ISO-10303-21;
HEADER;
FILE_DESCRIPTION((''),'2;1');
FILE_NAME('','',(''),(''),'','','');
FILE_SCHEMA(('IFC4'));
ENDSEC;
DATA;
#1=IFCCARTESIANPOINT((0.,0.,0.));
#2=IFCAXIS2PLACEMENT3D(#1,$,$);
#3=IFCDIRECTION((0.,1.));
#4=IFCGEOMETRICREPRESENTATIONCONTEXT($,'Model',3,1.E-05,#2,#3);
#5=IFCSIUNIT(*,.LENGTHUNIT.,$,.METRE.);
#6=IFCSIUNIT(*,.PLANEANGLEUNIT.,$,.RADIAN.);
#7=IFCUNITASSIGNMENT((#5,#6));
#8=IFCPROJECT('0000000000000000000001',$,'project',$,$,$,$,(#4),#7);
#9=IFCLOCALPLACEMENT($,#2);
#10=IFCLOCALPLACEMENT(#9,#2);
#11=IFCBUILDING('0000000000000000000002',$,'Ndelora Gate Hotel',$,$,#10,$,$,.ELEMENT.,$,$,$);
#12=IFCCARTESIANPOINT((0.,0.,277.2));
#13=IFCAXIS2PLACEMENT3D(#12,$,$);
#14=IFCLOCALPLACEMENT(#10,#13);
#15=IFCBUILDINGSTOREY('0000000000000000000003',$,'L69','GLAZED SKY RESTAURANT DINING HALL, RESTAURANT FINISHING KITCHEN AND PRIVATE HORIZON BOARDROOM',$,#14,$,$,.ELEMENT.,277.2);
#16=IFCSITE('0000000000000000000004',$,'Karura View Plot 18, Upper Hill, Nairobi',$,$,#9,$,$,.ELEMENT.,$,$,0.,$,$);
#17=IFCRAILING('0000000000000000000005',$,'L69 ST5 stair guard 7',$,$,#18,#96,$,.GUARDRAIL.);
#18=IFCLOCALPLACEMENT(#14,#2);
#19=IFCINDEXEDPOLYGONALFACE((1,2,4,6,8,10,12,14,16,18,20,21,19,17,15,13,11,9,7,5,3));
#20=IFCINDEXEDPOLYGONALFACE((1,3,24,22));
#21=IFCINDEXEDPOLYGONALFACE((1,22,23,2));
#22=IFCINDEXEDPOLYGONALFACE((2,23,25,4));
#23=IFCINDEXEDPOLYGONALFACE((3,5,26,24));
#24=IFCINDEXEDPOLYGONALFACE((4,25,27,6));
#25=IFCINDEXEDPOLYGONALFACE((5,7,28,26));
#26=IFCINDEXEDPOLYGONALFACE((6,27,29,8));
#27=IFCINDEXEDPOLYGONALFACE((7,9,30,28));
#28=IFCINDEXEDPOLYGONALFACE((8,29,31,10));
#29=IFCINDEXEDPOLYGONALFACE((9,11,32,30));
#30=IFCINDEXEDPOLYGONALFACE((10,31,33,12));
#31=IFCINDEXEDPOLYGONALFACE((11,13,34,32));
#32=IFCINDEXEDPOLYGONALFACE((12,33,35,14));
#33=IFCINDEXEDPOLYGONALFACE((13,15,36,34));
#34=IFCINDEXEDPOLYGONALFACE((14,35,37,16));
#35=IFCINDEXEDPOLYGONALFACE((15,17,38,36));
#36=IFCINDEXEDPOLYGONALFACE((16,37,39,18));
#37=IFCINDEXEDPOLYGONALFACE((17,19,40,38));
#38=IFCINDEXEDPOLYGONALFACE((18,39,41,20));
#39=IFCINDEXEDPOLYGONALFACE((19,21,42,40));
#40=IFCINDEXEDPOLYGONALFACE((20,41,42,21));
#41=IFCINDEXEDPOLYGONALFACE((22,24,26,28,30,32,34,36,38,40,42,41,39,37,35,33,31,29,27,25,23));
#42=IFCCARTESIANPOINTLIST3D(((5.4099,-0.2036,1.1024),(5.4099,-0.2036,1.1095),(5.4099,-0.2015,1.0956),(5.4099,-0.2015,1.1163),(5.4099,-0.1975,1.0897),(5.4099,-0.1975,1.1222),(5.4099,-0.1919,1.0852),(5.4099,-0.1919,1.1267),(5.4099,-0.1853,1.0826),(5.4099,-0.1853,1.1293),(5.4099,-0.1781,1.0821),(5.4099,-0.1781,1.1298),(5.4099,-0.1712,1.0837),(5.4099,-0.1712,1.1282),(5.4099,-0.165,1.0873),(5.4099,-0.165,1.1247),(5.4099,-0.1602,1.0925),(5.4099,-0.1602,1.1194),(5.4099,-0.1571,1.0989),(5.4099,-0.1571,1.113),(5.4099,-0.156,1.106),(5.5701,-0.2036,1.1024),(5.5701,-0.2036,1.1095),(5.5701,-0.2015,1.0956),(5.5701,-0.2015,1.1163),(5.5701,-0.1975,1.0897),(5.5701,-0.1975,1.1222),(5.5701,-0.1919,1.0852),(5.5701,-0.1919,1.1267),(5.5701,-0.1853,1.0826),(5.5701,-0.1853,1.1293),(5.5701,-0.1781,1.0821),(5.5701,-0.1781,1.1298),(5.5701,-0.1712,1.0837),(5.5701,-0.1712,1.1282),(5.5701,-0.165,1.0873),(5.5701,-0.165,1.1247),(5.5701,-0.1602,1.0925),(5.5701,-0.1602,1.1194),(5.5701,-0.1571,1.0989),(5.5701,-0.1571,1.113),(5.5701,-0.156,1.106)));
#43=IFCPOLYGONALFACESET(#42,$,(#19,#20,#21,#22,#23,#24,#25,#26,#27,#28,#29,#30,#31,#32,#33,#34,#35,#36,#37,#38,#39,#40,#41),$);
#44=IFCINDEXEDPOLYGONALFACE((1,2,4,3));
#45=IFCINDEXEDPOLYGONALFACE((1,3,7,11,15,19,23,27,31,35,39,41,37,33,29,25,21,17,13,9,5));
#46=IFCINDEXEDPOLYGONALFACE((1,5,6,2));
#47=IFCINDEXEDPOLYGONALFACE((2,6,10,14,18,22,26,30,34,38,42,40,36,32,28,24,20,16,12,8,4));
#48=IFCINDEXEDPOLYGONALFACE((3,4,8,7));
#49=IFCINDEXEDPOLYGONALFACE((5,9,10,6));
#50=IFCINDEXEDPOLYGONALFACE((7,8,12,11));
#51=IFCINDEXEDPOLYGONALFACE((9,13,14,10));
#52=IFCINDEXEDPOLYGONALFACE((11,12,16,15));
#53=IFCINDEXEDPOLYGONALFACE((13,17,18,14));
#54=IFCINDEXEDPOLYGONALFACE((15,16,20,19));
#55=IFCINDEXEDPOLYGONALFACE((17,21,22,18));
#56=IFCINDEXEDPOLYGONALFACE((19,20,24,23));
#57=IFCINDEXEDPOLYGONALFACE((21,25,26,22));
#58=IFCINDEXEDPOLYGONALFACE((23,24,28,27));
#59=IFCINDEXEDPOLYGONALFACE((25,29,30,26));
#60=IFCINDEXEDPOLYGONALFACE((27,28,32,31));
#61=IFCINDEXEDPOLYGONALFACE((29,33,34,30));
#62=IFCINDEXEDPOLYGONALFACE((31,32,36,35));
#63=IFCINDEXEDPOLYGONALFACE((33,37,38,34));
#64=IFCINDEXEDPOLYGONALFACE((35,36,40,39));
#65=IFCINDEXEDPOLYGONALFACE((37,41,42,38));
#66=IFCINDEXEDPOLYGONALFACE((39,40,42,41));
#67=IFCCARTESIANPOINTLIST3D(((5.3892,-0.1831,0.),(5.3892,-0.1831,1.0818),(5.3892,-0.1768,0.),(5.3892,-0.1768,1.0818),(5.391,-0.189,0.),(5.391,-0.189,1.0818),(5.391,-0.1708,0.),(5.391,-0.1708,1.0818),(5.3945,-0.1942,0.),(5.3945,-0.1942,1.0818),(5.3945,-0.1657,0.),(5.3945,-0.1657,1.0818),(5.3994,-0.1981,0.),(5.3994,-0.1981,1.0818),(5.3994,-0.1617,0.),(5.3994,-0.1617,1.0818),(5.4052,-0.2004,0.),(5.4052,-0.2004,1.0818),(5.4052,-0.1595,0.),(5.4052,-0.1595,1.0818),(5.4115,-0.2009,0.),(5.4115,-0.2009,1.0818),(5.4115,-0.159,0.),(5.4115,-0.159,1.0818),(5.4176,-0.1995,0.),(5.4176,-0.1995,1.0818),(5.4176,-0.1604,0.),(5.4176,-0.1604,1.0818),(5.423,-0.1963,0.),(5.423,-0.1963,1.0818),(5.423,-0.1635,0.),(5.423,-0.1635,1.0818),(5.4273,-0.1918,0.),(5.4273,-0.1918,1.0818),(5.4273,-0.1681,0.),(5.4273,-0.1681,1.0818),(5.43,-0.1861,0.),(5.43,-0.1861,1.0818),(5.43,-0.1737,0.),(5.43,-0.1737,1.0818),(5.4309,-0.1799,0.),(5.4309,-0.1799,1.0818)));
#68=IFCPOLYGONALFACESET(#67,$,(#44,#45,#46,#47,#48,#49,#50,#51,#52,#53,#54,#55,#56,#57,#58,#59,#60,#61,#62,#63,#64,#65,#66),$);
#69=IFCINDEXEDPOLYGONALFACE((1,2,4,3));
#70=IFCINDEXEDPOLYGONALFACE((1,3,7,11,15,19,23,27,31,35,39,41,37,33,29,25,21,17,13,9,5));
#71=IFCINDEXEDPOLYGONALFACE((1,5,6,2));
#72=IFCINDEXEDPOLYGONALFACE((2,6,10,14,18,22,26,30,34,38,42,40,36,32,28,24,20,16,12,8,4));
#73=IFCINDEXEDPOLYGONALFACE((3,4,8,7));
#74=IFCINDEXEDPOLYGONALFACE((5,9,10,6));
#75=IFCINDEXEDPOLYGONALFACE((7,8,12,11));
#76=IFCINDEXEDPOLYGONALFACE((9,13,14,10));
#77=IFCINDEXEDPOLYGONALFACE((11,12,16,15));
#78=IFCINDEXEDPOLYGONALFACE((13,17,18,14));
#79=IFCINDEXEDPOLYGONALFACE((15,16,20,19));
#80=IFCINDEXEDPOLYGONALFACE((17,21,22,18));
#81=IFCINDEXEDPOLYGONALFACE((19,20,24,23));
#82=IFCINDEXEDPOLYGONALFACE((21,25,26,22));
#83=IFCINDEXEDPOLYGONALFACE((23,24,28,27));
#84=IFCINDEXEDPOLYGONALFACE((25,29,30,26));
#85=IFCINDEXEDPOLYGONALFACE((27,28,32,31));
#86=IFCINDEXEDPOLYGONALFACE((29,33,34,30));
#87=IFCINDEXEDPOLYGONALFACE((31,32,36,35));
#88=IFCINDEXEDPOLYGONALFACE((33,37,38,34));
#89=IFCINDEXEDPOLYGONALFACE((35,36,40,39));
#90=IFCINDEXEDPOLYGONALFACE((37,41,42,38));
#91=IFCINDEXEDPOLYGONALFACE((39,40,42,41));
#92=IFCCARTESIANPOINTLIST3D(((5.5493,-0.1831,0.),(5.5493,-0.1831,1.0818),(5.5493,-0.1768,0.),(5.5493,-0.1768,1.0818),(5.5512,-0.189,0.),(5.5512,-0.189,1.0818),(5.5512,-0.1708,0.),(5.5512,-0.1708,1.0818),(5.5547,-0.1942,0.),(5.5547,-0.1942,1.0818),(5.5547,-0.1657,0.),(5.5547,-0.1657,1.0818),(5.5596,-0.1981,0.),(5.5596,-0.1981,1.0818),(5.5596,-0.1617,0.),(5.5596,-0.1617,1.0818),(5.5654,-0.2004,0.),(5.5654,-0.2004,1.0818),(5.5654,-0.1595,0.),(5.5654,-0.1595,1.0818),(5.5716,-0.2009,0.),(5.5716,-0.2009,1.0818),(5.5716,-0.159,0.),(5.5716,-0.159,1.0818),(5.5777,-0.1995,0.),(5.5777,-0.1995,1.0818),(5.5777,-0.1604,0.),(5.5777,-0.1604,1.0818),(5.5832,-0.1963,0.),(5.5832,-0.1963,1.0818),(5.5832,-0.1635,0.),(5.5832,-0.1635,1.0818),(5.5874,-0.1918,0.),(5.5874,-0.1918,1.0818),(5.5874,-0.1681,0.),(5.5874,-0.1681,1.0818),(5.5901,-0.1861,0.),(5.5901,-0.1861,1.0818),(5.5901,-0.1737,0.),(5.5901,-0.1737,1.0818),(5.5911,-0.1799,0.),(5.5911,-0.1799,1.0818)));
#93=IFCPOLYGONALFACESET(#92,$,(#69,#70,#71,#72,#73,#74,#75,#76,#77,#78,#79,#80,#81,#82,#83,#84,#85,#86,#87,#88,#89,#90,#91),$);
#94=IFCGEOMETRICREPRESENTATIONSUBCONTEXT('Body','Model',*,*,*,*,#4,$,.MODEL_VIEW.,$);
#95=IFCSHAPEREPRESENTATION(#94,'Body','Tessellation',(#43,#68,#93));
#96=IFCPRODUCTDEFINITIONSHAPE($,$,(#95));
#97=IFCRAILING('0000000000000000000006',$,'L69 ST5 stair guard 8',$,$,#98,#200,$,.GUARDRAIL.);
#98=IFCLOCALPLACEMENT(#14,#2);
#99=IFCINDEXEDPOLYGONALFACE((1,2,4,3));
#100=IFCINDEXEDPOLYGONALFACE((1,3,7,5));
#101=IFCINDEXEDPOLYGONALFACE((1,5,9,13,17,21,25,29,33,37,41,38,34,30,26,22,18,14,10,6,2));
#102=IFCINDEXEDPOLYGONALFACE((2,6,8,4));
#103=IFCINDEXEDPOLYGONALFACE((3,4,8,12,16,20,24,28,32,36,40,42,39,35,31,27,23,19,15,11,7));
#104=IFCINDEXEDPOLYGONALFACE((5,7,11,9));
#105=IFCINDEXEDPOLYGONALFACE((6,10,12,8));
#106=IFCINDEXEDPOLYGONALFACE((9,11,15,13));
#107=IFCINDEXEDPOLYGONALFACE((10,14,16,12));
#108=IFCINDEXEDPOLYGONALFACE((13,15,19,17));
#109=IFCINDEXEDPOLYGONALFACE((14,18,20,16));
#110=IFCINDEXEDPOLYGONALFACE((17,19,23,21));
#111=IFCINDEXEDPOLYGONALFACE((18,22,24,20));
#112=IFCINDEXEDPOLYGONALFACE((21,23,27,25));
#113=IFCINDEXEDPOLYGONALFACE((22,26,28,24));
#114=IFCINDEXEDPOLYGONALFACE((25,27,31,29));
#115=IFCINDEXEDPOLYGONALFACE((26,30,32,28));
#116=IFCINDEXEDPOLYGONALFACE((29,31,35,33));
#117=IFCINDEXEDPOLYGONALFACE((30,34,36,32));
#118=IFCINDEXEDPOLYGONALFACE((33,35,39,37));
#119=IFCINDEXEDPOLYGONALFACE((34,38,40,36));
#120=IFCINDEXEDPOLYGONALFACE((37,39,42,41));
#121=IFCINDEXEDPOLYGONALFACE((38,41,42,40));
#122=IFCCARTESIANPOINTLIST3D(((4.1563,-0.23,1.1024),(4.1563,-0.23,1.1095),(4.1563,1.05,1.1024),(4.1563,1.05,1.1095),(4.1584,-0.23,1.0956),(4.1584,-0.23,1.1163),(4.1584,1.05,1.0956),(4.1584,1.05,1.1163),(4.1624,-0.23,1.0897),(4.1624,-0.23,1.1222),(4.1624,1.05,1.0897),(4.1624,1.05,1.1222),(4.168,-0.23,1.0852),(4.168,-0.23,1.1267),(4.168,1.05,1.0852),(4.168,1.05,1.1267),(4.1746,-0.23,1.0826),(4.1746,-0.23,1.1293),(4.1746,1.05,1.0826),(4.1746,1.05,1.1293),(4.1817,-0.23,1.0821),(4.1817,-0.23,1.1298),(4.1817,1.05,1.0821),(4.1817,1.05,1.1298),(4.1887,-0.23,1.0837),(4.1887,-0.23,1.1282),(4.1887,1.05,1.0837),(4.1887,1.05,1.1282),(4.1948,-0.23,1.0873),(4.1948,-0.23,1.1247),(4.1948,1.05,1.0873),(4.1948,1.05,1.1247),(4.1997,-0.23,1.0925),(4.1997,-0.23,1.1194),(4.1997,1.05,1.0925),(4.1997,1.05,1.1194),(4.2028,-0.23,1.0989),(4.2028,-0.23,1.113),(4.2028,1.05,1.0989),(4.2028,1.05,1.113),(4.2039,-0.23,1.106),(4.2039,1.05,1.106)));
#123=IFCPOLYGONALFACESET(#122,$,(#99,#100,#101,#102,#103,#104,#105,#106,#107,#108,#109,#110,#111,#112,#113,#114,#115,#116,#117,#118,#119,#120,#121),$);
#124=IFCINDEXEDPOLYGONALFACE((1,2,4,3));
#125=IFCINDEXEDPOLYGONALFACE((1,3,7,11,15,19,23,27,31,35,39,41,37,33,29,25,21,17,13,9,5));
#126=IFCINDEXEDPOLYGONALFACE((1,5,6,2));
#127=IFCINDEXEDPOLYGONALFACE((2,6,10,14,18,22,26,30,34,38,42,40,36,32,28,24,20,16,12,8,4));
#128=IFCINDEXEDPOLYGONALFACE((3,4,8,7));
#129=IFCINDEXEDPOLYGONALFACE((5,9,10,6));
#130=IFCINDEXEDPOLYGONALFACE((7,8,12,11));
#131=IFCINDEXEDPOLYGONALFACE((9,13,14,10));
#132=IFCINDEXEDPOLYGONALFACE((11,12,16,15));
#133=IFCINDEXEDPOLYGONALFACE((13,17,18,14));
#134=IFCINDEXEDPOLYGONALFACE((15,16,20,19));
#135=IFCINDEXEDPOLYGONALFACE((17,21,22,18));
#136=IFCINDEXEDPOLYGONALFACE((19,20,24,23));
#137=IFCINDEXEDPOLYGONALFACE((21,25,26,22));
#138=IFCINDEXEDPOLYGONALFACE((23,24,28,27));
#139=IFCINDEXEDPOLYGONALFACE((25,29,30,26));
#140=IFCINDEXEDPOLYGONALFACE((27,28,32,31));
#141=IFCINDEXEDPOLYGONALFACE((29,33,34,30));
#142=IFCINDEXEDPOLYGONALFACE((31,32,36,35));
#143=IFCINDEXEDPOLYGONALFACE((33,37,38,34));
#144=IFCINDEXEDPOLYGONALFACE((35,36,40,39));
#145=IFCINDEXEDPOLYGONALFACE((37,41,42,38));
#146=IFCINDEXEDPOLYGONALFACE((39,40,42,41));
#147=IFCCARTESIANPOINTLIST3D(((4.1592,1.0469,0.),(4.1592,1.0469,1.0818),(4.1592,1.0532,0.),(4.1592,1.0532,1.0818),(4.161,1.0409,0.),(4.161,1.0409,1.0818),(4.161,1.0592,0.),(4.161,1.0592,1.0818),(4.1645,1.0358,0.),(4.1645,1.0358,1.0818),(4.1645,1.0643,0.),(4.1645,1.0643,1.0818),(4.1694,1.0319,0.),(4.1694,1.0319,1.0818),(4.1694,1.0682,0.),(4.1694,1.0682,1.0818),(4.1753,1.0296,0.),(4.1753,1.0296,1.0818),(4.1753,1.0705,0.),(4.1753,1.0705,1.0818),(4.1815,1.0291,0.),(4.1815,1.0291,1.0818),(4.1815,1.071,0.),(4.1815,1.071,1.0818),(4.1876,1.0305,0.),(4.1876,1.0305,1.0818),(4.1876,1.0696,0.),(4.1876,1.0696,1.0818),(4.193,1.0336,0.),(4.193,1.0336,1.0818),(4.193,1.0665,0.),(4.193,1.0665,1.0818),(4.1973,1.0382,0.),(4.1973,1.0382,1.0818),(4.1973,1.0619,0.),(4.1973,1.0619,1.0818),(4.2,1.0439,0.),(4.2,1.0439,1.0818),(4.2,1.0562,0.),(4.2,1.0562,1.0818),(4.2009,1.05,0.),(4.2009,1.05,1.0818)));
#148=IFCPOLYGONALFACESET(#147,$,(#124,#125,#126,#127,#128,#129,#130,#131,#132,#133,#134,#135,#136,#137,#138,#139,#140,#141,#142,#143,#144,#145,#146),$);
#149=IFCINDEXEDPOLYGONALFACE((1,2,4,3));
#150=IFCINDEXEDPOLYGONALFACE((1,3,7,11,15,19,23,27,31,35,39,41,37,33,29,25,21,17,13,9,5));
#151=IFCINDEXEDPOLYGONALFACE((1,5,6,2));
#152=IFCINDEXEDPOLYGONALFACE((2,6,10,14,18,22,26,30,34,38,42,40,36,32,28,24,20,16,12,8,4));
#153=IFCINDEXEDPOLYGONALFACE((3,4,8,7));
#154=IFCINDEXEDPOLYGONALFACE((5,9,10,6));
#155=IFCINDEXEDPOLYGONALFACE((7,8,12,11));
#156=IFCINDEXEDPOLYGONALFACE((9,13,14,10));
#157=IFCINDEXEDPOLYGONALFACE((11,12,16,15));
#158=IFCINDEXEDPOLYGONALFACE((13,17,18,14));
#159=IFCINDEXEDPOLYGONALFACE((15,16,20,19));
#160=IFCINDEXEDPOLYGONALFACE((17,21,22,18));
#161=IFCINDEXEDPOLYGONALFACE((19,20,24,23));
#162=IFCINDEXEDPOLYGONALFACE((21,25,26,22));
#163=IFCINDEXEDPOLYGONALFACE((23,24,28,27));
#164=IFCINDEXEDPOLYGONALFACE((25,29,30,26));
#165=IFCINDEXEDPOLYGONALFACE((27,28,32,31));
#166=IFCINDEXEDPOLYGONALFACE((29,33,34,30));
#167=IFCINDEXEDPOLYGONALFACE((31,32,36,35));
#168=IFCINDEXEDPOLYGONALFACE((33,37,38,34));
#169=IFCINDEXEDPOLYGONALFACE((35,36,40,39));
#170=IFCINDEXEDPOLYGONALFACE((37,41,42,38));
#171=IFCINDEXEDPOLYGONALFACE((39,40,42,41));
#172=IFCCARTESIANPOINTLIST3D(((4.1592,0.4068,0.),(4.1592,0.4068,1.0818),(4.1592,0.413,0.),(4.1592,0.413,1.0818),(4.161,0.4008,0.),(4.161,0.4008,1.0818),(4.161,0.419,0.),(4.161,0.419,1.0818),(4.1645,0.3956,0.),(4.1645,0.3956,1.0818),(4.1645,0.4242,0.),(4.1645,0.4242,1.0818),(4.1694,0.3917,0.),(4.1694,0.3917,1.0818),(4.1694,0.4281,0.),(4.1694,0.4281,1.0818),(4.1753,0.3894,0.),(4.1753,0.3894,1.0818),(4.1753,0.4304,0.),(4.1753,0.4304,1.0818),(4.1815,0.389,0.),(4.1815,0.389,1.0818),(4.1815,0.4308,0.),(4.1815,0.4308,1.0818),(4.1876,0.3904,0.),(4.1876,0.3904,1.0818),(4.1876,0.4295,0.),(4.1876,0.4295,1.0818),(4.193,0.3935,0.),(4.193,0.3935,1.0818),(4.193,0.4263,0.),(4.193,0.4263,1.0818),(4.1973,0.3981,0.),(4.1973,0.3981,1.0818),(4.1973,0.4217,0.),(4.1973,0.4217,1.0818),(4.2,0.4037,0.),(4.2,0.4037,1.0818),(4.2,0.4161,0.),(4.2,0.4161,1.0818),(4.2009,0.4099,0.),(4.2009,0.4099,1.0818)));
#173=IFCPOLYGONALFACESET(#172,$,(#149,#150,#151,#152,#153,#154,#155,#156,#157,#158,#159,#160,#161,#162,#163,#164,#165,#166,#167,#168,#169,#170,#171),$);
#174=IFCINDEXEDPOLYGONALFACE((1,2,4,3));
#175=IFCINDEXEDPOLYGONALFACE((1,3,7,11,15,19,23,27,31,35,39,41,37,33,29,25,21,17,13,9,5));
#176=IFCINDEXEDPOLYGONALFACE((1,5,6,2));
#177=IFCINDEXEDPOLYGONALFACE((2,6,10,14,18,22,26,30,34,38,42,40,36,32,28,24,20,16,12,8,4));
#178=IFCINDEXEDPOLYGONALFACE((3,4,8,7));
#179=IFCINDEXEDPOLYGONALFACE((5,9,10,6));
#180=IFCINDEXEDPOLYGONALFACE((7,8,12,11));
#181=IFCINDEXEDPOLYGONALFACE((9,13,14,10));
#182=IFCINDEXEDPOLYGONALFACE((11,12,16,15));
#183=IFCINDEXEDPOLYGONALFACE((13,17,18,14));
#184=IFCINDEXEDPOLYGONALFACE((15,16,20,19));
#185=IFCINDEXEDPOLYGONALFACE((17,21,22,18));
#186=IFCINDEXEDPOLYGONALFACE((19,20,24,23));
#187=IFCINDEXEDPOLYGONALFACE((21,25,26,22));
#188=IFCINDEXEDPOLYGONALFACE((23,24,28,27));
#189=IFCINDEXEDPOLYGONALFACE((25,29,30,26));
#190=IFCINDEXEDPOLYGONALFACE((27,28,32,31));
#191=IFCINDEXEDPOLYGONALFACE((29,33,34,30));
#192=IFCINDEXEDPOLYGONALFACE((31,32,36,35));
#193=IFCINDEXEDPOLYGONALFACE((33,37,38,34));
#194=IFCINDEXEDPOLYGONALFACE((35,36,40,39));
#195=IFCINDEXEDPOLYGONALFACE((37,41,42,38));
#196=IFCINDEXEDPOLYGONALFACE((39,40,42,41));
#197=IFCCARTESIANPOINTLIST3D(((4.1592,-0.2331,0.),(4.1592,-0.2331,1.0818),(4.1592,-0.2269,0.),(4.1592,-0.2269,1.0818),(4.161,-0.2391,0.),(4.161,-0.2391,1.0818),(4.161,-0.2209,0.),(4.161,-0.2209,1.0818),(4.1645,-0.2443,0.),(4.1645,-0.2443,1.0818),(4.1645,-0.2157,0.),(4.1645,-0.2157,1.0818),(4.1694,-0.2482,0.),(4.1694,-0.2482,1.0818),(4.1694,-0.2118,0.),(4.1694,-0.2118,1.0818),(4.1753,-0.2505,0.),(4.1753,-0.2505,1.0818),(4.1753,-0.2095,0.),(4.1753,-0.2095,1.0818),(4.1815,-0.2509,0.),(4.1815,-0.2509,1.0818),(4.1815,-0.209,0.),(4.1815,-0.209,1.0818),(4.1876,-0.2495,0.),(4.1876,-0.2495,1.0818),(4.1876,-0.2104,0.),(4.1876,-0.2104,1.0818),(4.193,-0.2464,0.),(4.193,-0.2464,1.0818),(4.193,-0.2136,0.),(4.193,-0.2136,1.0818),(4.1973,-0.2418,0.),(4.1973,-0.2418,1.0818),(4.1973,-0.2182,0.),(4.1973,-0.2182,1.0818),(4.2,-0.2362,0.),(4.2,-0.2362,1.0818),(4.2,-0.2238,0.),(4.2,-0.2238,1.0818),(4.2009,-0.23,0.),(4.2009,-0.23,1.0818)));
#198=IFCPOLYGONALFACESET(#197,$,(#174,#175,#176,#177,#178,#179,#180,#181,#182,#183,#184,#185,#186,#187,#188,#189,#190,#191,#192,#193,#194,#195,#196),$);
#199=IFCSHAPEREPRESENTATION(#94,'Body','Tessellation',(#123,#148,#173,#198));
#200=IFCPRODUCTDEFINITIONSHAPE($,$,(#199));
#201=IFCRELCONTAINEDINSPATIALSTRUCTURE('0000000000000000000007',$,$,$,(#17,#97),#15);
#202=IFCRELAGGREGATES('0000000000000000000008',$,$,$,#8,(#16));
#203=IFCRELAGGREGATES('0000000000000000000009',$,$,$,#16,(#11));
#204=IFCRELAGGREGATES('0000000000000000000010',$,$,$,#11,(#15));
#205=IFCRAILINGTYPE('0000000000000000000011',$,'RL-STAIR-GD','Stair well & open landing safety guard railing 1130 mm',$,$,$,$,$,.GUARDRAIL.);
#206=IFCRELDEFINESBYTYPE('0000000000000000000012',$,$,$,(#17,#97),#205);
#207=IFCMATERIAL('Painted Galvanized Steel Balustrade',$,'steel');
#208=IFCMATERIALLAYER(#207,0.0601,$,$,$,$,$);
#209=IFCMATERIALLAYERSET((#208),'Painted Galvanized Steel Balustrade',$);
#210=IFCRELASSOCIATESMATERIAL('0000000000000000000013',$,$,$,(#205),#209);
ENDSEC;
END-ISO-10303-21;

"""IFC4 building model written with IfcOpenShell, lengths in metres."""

from ifc_helpers import new_model, si_unit, direction, frame, origin, origin_2d, place, context, subcontext, project, spatial, circle, extrude, material, layer, layer_set, type_object, element, save


model = new_model("IFC4")

# Units and contexts
model_context = context("Model", 3, precision=1e-05, world=origin(), true_north=direction((0.0, 1.0)))
body_context = subcontext(model_context, "Body", "Model", "MODEL_VIEW")
ifc_project = project(units=[si_unit("LENGTHUNIT", "METRE"), si_unit("PLANEANGLEUNIT", "RADIAN")], contexts=[model_context])

# Site, building, storey
site_placement = place(None, origin())
site = spatial("IfcSite", under=ifc_project, at=site_placement, Name="Karura View Plot 18, Upper Hill, Nairobi", CompositionType="ELEMENT", RefElevation=0.0)
building_placement = place(site_placement, origin())
building = spatial("IfcBuilding", under=site, at=building_placement, Name="Ndelora Gate Hotel", CompositionType="ELEMENT")
storey_placement = place(building_placement, frame((0.0, 0.0, 277.2)))
storey = spatial("IfcBuildingStorey", under=building, at=storey_placement, Name="L69", Description="GLAZED SKY RESTAURANT DINING HALL, RESTAURANT FINISHING KITCHEN AND PRIVATE HORIZON BOARDROOM", CompositionType="ELEMENT", Elevation=277.2)

# Railings
ifc_material_1 = material(Name="Painted Galvanized Steel Balustrade", Category="steel")
ifc_layer_1 = layer(ifc_material_1, 0.0601)
ifc_layer_set_1 = layer_set([ifc_layer_1], Name="Painted Galvanized Steel Balustrade")
railing_type_1 = type_object("IfcRailingType", Name="RL-STAIR-GD", Description="Stair well & open landing safety guard railing 1130 mm", PredefinedType="GUARDRAIL", material=ifc_layer_set_1)
railing_1_placement = place(storey_placement, frame((5.4099, -0.1799, 0.0)))
element("IfcRailing", 1, at=railing_1_placement, inside=storey, type_object=railing_type_1, Name="L69 ST5 stair guard 7", PredefinedType="GUARDRAIL", context=body_context, shape_type="SweptSolid", body=[
    extrude(circle(Radius=0.0239, at=origin_2d()), frame((0.0, 0.0, 1.106), z_axis=(1.0, 0.0, 0.0), x_axis=(0.0, 1.0, 0.0)), (0.0, 0.0, 1.0), 0.1602),
    extrude(circle(Radius=0.021, at=origin_2d()), origin(), (0.0, 0.0, 1.0), 1.0818),
    extrude(circle(Radius=0.021, at=origin_2d()), frame((0.1602, 0.0, 0.0)), (0.0, 0.0, 1.0), 1.0818),
])
railing_2_placement = place(storey_placement, frame((4.1799, 1.05, 0.0)))
element("IfcRailing", 2, at=railing_2_placement, inside=storey, type_object=railing_type_1, Name="L69 ST5 stair guard 8", PredefinedType="GUARDRAIL", context=body_context, shape_type="SweptSolid", body=[
    extrude(circle(Radius=0.0239, at=origin_2d()), frame((0.0, 0.0, 1.106), z_axis=(0.0, -1.0, 0.0), x_axis=(1.0, 0.0, 0.0)), (0.0, 0.0, 1.0), 1.28),
    extrude(circle(Radius=0.021, at=origin_2d()), origin(), (0.0, 0.0, 1.0), 1.0818),
    extrude(circle(Radius=0.021, at=origin_2d()), frame((0.0, -0.6401, 0.0)), (0.0, 0.0, 1.0), 1.0818),
    extrude(circle(Radius=0.021, at=origin_2d()), frame((0.0, -1.28, 0.0)), (0.0, 0.0, 1.0), 1.0818),
])

save(model, "model.ifc")
